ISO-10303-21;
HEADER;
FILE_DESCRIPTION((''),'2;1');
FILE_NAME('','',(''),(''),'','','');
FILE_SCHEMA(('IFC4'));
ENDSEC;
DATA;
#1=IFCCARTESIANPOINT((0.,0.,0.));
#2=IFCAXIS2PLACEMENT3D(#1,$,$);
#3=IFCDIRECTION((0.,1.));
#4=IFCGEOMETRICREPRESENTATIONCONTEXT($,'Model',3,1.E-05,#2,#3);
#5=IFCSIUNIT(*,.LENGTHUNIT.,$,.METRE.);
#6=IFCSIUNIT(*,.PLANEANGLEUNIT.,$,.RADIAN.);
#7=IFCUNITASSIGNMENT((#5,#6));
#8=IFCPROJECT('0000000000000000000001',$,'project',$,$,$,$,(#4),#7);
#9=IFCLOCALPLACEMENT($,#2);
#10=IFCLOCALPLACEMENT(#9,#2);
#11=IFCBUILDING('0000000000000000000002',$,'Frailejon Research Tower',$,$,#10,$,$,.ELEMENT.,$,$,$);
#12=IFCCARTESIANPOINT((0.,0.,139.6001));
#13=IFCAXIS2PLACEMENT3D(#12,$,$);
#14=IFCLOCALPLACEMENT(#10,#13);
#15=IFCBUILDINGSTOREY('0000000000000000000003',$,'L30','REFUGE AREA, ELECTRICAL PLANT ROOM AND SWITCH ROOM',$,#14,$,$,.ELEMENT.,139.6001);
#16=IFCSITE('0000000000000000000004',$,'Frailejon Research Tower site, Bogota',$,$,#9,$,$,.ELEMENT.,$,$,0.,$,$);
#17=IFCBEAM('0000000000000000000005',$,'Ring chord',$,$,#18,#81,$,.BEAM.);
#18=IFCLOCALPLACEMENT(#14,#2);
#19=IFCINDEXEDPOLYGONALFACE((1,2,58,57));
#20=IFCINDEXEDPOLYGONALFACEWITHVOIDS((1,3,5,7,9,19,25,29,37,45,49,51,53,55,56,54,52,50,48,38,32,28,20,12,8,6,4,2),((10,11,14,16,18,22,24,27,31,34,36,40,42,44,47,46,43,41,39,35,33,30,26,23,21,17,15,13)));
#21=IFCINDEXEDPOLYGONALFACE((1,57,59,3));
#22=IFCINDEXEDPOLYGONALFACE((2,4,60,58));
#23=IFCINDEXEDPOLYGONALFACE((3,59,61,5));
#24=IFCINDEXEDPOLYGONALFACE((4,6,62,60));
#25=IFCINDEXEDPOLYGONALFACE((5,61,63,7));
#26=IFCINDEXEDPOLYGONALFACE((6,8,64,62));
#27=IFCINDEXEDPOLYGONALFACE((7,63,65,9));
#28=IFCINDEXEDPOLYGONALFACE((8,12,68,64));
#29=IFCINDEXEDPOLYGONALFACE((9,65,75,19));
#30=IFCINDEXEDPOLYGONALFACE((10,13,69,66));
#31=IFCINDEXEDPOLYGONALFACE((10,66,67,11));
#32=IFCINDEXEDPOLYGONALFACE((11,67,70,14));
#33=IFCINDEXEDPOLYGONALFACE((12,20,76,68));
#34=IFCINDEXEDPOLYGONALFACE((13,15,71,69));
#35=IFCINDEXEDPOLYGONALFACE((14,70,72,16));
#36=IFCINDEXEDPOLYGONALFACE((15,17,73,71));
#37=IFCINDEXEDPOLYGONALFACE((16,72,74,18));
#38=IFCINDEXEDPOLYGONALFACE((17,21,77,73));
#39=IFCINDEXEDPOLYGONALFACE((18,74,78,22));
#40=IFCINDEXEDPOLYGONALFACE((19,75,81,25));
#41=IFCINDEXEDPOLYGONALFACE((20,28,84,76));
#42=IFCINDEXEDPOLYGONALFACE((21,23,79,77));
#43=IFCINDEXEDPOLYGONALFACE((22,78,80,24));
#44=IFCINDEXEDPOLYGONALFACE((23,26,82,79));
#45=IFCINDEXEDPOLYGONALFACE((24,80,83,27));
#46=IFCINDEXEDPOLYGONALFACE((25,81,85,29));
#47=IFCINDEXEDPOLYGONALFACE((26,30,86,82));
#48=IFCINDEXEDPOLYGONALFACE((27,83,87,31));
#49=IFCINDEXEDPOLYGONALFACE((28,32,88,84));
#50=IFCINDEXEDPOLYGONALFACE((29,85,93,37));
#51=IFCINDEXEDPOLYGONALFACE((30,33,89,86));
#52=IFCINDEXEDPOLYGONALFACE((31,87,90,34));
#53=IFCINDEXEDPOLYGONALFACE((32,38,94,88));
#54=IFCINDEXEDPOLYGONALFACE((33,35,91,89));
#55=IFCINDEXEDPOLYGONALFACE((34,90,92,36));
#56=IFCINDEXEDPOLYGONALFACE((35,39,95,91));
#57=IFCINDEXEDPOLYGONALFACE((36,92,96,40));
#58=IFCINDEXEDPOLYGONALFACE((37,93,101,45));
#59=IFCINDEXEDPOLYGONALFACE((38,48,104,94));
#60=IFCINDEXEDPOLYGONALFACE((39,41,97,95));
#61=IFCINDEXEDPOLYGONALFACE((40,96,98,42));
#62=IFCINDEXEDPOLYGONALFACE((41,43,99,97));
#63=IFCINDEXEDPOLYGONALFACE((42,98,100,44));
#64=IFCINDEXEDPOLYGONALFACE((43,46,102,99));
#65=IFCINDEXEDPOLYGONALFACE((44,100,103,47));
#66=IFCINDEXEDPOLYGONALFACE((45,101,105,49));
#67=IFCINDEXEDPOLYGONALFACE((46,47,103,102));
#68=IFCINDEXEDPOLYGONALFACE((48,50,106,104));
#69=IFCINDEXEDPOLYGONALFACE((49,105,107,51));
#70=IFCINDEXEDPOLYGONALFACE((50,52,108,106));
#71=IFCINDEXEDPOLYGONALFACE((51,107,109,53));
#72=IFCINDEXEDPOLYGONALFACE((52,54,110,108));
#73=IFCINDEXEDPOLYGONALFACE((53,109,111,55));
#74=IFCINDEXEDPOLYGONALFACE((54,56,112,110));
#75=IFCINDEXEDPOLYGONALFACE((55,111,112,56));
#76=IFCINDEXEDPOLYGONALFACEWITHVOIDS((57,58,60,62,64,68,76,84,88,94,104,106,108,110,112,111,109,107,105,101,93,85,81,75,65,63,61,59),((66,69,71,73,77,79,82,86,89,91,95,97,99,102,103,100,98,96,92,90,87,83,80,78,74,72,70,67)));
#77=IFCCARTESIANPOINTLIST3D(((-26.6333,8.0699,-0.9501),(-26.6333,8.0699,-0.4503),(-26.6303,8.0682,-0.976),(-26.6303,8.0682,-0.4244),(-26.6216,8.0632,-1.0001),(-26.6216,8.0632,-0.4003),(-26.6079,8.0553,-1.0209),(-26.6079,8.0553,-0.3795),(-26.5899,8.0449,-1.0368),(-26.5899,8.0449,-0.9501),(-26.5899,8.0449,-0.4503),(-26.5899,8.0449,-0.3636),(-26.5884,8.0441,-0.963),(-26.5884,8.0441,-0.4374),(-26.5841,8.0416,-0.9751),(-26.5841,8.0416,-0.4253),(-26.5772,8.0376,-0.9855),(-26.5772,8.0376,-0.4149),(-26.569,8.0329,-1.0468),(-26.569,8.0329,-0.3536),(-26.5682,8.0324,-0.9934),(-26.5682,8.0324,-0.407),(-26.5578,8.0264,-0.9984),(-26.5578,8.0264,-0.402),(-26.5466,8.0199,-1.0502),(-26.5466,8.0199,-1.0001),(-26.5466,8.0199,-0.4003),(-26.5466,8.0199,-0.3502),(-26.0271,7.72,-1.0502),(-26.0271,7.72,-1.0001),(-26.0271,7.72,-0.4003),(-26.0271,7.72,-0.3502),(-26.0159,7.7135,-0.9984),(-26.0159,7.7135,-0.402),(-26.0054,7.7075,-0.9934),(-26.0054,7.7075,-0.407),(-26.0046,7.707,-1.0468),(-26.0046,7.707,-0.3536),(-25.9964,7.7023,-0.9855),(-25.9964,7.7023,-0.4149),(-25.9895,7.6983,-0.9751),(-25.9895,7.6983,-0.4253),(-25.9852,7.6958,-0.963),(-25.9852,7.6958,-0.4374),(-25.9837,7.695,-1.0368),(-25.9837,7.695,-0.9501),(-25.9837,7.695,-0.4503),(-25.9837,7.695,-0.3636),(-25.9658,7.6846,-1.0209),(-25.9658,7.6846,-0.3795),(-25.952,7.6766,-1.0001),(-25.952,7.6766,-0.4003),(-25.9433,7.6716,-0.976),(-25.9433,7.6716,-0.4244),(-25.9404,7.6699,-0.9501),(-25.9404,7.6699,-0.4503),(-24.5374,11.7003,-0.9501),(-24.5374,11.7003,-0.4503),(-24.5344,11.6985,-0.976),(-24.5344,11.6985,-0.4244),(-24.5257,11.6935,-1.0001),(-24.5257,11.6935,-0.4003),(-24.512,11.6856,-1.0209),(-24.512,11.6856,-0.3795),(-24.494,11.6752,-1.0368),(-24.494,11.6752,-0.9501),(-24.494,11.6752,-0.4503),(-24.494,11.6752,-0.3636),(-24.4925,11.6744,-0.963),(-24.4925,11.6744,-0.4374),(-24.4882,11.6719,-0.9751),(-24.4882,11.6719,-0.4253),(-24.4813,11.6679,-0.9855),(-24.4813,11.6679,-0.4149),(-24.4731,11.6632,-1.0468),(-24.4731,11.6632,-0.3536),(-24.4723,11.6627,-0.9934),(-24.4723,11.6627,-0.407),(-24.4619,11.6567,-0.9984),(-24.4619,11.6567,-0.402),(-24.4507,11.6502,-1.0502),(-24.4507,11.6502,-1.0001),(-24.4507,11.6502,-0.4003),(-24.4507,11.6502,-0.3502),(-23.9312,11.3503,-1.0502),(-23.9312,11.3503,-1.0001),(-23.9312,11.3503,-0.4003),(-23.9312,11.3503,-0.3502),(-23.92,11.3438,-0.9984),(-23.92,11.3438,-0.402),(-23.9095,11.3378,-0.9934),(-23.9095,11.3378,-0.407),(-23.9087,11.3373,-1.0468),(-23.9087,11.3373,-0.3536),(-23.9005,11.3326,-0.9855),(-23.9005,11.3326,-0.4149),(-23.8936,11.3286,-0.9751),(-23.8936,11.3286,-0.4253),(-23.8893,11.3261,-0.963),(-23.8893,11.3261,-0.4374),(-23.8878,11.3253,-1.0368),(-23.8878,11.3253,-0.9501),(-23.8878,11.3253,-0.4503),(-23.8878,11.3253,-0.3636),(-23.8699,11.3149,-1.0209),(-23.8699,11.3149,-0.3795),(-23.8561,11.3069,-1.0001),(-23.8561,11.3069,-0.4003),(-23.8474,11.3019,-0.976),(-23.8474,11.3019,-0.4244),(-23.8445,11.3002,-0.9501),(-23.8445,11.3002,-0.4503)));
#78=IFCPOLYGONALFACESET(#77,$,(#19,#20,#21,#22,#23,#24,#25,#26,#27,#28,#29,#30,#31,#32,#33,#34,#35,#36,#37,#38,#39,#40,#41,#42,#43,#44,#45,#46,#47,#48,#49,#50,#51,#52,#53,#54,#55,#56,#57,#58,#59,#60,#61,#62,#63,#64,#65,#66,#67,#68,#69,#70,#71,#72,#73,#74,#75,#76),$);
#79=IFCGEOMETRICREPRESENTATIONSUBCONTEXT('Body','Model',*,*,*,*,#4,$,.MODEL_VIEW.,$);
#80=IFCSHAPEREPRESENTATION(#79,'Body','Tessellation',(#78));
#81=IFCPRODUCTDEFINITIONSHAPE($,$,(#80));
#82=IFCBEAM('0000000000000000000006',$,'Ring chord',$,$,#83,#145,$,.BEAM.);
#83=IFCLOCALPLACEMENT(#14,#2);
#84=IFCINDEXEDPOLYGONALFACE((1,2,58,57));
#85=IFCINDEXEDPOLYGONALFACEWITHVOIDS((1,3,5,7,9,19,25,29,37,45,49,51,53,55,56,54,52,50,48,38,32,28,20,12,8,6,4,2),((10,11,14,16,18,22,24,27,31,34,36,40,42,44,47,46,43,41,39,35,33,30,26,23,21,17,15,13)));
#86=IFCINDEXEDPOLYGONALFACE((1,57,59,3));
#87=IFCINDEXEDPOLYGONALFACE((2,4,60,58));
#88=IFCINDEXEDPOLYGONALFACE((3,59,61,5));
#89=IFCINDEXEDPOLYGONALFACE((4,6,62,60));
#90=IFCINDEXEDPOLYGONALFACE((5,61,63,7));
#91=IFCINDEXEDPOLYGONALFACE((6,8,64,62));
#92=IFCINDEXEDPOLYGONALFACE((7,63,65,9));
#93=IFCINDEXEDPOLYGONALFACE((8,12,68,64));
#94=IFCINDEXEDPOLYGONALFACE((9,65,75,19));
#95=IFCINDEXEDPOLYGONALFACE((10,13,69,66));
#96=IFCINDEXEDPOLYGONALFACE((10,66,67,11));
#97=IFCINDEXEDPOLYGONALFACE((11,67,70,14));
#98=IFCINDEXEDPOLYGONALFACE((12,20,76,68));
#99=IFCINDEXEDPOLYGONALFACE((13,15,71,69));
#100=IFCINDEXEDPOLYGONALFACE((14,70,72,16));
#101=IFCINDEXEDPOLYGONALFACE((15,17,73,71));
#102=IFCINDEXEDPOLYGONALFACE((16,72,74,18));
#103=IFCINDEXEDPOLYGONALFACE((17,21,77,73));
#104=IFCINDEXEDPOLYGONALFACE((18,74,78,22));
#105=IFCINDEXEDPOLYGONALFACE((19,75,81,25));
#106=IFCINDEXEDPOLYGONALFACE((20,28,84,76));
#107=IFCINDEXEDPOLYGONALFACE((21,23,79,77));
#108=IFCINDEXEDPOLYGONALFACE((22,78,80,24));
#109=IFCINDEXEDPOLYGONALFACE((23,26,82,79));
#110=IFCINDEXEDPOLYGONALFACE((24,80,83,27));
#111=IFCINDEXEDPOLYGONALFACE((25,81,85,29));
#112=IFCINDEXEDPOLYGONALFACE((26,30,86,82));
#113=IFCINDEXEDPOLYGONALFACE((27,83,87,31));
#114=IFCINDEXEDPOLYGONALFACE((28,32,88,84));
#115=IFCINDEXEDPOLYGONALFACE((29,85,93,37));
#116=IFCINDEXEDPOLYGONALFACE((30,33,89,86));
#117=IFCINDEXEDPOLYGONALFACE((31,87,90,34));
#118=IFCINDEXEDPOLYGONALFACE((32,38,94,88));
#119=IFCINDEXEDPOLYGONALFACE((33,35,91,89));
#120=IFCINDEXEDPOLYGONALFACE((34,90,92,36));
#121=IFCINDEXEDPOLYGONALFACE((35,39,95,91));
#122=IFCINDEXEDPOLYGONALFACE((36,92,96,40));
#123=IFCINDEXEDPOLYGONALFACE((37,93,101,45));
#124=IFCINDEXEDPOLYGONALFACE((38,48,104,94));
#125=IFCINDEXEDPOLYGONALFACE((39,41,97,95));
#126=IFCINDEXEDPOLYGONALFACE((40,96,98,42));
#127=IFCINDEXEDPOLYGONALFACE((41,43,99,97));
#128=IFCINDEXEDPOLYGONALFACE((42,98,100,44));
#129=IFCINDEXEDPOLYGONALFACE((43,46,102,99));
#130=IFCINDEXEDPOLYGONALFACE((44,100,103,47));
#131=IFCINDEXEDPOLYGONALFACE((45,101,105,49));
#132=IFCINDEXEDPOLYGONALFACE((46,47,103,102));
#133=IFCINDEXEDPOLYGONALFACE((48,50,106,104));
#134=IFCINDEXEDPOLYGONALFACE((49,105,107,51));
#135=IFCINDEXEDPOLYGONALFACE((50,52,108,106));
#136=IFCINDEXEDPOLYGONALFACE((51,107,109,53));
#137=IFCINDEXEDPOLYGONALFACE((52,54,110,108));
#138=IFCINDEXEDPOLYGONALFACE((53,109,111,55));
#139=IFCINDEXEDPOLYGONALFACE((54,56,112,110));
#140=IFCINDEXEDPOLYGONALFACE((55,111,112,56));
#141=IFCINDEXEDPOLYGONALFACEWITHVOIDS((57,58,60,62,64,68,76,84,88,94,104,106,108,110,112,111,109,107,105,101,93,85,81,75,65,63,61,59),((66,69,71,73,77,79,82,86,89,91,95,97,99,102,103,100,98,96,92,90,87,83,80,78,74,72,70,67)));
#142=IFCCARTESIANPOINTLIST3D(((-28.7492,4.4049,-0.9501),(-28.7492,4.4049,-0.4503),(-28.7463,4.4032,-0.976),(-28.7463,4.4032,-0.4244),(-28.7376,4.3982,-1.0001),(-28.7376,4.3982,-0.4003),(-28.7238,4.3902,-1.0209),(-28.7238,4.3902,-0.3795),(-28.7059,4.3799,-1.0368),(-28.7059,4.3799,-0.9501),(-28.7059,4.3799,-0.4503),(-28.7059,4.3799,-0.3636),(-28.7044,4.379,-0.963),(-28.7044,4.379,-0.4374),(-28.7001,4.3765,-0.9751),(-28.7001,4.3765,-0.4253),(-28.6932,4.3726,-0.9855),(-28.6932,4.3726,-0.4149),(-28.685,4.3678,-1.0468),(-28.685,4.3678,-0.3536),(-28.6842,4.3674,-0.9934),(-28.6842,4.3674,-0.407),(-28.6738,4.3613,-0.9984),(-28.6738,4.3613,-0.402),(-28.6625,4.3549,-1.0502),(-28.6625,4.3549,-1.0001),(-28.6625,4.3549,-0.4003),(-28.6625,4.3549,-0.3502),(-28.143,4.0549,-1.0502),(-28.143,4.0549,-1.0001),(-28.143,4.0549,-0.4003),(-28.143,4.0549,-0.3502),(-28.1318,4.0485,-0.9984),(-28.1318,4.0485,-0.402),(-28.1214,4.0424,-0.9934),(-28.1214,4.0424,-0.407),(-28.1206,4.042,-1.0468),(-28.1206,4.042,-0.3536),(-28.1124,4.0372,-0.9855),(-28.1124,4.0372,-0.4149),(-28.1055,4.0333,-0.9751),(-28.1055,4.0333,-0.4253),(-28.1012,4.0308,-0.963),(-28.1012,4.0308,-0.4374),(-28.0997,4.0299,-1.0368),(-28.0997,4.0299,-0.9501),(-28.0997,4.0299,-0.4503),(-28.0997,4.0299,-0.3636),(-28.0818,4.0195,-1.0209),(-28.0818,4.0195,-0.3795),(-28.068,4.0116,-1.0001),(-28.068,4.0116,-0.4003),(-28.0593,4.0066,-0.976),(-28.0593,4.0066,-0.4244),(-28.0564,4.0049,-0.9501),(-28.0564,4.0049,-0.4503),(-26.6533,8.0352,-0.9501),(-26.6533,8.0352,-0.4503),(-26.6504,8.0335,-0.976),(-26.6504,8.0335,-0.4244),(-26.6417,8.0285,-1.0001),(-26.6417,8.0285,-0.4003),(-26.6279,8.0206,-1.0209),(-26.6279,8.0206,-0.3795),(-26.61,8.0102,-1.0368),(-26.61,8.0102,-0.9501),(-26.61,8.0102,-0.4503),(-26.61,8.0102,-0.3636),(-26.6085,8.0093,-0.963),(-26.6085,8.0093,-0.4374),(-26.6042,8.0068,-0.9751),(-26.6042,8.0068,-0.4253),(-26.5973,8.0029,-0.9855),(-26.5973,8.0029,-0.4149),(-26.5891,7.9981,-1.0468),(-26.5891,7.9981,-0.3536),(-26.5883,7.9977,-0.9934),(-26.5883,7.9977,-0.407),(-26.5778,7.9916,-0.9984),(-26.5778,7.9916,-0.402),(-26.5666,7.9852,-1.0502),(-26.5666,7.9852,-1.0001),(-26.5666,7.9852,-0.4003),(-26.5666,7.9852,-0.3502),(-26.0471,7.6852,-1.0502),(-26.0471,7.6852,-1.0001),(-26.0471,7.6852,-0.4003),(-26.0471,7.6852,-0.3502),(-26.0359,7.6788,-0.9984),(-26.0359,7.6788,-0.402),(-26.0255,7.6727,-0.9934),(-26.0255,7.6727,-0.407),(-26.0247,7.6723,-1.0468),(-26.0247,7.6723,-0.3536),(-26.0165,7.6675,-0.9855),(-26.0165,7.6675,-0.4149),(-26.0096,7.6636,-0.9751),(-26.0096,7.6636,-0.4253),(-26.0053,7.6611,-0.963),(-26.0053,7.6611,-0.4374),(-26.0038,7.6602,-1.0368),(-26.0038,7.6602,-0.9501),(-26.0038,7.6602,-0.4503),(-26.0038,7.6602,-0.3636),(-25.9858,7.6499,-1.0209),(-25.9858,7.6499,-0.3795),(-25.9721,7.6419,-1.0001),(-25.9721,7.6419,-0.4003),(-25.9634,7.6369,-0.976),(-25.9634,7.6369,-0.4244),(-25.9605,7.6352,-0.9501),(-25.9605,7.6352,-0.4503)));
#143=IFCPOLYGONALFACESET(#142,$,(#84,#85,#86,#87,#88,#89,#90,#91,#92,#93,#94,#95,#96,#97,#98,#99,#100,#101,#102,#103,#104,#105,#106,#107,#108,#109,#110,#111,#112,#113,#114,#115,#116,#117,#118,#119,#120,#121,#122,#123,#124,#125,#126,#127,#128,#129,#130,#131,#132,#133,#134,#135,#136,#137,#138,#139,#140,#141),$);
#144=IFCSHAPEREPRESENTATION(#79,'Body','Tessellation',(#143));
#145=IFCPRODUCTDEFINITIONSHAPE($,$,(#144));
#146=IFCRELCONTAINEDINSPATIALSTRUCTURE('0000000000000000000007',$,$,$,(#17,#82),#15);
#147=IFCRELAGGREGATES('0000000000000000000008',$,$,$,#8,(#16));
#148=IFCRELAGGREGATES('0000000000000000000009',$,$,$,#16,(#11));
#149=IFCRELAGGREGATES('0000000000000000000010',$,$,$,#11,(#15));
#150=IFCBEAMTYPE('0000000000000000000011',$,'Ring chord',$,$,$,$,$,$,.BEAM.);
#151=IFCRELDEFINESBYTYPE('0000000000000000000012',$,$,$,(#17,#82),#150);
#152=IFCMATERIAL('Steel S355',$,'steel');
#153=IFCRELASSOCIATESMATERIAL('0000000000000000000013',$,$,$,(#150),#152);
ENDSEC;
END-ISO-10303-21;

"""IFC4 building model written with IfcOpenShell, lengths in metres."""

from ifc_helpers import new_model, si_unit, direction, frame, origin, origin_2d, place, context, subcontext, project, spatial, hollow_rectangle, extrude, material, material_profile, profile_set, type_object, element, save


model = new_model("IFC4")

# Units and contexts
model_context = context("Model", 3, precision=1e-05, world=origin(), true_north=direction((0.0, 1.0)))
body_context = subcontext(model_context, "Body", "Model", "MODEL_VIEW")
ifc_project = project(units=[si_unit("LENGTHUNIT", "METRE"), si_unit("PLANEANGLEUNIT", "RADIAN")], contexts=[model_context])

# Site, building, storey
site_placement = place(None, origin())
site = spatial("IfcSite", under=ifc_project, at=site_placement, Name="Frailejon Research Tower site, Bogota", CompositionType="ELEMENT", RefElevation=0.0)
building_placement = place(site_placement, origin())
building = spatial("IfcBuilding", under=site, at=building_placement, Name="Frailejon Research Tower", CompositionType="ELEMENT")
storey_placement = place(building_placement, frame((0.0, 0.0, 139.6001)))
storey = spatial("IfcBuildingStorey", under=building, at=storey_placement, Name="L30", Description="REFUGE AREA, ELECTRICAL PLANT ROOM AND SWITCH ROOM", CompositionType="ELEMENT", Elevation=139.6001)

# Beams
ifc_material_1 = material(Name="Steel S355", Category="steel")
ifc_material_profile_1 = material_profile(ifc_material_1, hollow_rectangle(XDim=0.8, YDim=0.7, WallThickness=0.05, InnerFilletRadius=0.05, OuterFilletRadius=0.1001, at=origin_2d()), Name="Ring chord")
ifc_profile_set_1 = profile_set([ifc_material_profile_1], Name="Steel S355")
beam_type_1 = type_object("IfcBeamType", Name="Ring chord", PredefinedType="BEAM", material=ifc_profile_set_1)
for number, where, z_axis, x_axis, name in (
    (1, (-24.1909, 11.5002, -0.7002), (-0.499991, -0.86603, 0.0), (0.86603, -0.499991, 0.0), "Ring chord"),
    (2, (-26.3069, 7.8352, -0.7002), (-0.499991, -0.86603, 0.0), (0.86603, -0.499991, 0.0), "Ring chord"),
):
    element("IfcBeam", number, at=place(storey_placement, frame(where, z_axis=z_axis, x_axis=x_axis)), inside=storey, type_object=beam_type_1, Name=name, PredefinedType="BEAM", context=body_context, shape_type="SweptSolid", body=[
        extrude(hollow_rectangle(XDim=0.8, YDim=0.7, WallThickness=0.05, InnerFilletRadius=0.05, OuterFilletRadius=0.1001, at=origin_2d()), origin(), (0.0, 0.0, 1.0), 4.1919),
    ])

save(model, "model.ifc")
